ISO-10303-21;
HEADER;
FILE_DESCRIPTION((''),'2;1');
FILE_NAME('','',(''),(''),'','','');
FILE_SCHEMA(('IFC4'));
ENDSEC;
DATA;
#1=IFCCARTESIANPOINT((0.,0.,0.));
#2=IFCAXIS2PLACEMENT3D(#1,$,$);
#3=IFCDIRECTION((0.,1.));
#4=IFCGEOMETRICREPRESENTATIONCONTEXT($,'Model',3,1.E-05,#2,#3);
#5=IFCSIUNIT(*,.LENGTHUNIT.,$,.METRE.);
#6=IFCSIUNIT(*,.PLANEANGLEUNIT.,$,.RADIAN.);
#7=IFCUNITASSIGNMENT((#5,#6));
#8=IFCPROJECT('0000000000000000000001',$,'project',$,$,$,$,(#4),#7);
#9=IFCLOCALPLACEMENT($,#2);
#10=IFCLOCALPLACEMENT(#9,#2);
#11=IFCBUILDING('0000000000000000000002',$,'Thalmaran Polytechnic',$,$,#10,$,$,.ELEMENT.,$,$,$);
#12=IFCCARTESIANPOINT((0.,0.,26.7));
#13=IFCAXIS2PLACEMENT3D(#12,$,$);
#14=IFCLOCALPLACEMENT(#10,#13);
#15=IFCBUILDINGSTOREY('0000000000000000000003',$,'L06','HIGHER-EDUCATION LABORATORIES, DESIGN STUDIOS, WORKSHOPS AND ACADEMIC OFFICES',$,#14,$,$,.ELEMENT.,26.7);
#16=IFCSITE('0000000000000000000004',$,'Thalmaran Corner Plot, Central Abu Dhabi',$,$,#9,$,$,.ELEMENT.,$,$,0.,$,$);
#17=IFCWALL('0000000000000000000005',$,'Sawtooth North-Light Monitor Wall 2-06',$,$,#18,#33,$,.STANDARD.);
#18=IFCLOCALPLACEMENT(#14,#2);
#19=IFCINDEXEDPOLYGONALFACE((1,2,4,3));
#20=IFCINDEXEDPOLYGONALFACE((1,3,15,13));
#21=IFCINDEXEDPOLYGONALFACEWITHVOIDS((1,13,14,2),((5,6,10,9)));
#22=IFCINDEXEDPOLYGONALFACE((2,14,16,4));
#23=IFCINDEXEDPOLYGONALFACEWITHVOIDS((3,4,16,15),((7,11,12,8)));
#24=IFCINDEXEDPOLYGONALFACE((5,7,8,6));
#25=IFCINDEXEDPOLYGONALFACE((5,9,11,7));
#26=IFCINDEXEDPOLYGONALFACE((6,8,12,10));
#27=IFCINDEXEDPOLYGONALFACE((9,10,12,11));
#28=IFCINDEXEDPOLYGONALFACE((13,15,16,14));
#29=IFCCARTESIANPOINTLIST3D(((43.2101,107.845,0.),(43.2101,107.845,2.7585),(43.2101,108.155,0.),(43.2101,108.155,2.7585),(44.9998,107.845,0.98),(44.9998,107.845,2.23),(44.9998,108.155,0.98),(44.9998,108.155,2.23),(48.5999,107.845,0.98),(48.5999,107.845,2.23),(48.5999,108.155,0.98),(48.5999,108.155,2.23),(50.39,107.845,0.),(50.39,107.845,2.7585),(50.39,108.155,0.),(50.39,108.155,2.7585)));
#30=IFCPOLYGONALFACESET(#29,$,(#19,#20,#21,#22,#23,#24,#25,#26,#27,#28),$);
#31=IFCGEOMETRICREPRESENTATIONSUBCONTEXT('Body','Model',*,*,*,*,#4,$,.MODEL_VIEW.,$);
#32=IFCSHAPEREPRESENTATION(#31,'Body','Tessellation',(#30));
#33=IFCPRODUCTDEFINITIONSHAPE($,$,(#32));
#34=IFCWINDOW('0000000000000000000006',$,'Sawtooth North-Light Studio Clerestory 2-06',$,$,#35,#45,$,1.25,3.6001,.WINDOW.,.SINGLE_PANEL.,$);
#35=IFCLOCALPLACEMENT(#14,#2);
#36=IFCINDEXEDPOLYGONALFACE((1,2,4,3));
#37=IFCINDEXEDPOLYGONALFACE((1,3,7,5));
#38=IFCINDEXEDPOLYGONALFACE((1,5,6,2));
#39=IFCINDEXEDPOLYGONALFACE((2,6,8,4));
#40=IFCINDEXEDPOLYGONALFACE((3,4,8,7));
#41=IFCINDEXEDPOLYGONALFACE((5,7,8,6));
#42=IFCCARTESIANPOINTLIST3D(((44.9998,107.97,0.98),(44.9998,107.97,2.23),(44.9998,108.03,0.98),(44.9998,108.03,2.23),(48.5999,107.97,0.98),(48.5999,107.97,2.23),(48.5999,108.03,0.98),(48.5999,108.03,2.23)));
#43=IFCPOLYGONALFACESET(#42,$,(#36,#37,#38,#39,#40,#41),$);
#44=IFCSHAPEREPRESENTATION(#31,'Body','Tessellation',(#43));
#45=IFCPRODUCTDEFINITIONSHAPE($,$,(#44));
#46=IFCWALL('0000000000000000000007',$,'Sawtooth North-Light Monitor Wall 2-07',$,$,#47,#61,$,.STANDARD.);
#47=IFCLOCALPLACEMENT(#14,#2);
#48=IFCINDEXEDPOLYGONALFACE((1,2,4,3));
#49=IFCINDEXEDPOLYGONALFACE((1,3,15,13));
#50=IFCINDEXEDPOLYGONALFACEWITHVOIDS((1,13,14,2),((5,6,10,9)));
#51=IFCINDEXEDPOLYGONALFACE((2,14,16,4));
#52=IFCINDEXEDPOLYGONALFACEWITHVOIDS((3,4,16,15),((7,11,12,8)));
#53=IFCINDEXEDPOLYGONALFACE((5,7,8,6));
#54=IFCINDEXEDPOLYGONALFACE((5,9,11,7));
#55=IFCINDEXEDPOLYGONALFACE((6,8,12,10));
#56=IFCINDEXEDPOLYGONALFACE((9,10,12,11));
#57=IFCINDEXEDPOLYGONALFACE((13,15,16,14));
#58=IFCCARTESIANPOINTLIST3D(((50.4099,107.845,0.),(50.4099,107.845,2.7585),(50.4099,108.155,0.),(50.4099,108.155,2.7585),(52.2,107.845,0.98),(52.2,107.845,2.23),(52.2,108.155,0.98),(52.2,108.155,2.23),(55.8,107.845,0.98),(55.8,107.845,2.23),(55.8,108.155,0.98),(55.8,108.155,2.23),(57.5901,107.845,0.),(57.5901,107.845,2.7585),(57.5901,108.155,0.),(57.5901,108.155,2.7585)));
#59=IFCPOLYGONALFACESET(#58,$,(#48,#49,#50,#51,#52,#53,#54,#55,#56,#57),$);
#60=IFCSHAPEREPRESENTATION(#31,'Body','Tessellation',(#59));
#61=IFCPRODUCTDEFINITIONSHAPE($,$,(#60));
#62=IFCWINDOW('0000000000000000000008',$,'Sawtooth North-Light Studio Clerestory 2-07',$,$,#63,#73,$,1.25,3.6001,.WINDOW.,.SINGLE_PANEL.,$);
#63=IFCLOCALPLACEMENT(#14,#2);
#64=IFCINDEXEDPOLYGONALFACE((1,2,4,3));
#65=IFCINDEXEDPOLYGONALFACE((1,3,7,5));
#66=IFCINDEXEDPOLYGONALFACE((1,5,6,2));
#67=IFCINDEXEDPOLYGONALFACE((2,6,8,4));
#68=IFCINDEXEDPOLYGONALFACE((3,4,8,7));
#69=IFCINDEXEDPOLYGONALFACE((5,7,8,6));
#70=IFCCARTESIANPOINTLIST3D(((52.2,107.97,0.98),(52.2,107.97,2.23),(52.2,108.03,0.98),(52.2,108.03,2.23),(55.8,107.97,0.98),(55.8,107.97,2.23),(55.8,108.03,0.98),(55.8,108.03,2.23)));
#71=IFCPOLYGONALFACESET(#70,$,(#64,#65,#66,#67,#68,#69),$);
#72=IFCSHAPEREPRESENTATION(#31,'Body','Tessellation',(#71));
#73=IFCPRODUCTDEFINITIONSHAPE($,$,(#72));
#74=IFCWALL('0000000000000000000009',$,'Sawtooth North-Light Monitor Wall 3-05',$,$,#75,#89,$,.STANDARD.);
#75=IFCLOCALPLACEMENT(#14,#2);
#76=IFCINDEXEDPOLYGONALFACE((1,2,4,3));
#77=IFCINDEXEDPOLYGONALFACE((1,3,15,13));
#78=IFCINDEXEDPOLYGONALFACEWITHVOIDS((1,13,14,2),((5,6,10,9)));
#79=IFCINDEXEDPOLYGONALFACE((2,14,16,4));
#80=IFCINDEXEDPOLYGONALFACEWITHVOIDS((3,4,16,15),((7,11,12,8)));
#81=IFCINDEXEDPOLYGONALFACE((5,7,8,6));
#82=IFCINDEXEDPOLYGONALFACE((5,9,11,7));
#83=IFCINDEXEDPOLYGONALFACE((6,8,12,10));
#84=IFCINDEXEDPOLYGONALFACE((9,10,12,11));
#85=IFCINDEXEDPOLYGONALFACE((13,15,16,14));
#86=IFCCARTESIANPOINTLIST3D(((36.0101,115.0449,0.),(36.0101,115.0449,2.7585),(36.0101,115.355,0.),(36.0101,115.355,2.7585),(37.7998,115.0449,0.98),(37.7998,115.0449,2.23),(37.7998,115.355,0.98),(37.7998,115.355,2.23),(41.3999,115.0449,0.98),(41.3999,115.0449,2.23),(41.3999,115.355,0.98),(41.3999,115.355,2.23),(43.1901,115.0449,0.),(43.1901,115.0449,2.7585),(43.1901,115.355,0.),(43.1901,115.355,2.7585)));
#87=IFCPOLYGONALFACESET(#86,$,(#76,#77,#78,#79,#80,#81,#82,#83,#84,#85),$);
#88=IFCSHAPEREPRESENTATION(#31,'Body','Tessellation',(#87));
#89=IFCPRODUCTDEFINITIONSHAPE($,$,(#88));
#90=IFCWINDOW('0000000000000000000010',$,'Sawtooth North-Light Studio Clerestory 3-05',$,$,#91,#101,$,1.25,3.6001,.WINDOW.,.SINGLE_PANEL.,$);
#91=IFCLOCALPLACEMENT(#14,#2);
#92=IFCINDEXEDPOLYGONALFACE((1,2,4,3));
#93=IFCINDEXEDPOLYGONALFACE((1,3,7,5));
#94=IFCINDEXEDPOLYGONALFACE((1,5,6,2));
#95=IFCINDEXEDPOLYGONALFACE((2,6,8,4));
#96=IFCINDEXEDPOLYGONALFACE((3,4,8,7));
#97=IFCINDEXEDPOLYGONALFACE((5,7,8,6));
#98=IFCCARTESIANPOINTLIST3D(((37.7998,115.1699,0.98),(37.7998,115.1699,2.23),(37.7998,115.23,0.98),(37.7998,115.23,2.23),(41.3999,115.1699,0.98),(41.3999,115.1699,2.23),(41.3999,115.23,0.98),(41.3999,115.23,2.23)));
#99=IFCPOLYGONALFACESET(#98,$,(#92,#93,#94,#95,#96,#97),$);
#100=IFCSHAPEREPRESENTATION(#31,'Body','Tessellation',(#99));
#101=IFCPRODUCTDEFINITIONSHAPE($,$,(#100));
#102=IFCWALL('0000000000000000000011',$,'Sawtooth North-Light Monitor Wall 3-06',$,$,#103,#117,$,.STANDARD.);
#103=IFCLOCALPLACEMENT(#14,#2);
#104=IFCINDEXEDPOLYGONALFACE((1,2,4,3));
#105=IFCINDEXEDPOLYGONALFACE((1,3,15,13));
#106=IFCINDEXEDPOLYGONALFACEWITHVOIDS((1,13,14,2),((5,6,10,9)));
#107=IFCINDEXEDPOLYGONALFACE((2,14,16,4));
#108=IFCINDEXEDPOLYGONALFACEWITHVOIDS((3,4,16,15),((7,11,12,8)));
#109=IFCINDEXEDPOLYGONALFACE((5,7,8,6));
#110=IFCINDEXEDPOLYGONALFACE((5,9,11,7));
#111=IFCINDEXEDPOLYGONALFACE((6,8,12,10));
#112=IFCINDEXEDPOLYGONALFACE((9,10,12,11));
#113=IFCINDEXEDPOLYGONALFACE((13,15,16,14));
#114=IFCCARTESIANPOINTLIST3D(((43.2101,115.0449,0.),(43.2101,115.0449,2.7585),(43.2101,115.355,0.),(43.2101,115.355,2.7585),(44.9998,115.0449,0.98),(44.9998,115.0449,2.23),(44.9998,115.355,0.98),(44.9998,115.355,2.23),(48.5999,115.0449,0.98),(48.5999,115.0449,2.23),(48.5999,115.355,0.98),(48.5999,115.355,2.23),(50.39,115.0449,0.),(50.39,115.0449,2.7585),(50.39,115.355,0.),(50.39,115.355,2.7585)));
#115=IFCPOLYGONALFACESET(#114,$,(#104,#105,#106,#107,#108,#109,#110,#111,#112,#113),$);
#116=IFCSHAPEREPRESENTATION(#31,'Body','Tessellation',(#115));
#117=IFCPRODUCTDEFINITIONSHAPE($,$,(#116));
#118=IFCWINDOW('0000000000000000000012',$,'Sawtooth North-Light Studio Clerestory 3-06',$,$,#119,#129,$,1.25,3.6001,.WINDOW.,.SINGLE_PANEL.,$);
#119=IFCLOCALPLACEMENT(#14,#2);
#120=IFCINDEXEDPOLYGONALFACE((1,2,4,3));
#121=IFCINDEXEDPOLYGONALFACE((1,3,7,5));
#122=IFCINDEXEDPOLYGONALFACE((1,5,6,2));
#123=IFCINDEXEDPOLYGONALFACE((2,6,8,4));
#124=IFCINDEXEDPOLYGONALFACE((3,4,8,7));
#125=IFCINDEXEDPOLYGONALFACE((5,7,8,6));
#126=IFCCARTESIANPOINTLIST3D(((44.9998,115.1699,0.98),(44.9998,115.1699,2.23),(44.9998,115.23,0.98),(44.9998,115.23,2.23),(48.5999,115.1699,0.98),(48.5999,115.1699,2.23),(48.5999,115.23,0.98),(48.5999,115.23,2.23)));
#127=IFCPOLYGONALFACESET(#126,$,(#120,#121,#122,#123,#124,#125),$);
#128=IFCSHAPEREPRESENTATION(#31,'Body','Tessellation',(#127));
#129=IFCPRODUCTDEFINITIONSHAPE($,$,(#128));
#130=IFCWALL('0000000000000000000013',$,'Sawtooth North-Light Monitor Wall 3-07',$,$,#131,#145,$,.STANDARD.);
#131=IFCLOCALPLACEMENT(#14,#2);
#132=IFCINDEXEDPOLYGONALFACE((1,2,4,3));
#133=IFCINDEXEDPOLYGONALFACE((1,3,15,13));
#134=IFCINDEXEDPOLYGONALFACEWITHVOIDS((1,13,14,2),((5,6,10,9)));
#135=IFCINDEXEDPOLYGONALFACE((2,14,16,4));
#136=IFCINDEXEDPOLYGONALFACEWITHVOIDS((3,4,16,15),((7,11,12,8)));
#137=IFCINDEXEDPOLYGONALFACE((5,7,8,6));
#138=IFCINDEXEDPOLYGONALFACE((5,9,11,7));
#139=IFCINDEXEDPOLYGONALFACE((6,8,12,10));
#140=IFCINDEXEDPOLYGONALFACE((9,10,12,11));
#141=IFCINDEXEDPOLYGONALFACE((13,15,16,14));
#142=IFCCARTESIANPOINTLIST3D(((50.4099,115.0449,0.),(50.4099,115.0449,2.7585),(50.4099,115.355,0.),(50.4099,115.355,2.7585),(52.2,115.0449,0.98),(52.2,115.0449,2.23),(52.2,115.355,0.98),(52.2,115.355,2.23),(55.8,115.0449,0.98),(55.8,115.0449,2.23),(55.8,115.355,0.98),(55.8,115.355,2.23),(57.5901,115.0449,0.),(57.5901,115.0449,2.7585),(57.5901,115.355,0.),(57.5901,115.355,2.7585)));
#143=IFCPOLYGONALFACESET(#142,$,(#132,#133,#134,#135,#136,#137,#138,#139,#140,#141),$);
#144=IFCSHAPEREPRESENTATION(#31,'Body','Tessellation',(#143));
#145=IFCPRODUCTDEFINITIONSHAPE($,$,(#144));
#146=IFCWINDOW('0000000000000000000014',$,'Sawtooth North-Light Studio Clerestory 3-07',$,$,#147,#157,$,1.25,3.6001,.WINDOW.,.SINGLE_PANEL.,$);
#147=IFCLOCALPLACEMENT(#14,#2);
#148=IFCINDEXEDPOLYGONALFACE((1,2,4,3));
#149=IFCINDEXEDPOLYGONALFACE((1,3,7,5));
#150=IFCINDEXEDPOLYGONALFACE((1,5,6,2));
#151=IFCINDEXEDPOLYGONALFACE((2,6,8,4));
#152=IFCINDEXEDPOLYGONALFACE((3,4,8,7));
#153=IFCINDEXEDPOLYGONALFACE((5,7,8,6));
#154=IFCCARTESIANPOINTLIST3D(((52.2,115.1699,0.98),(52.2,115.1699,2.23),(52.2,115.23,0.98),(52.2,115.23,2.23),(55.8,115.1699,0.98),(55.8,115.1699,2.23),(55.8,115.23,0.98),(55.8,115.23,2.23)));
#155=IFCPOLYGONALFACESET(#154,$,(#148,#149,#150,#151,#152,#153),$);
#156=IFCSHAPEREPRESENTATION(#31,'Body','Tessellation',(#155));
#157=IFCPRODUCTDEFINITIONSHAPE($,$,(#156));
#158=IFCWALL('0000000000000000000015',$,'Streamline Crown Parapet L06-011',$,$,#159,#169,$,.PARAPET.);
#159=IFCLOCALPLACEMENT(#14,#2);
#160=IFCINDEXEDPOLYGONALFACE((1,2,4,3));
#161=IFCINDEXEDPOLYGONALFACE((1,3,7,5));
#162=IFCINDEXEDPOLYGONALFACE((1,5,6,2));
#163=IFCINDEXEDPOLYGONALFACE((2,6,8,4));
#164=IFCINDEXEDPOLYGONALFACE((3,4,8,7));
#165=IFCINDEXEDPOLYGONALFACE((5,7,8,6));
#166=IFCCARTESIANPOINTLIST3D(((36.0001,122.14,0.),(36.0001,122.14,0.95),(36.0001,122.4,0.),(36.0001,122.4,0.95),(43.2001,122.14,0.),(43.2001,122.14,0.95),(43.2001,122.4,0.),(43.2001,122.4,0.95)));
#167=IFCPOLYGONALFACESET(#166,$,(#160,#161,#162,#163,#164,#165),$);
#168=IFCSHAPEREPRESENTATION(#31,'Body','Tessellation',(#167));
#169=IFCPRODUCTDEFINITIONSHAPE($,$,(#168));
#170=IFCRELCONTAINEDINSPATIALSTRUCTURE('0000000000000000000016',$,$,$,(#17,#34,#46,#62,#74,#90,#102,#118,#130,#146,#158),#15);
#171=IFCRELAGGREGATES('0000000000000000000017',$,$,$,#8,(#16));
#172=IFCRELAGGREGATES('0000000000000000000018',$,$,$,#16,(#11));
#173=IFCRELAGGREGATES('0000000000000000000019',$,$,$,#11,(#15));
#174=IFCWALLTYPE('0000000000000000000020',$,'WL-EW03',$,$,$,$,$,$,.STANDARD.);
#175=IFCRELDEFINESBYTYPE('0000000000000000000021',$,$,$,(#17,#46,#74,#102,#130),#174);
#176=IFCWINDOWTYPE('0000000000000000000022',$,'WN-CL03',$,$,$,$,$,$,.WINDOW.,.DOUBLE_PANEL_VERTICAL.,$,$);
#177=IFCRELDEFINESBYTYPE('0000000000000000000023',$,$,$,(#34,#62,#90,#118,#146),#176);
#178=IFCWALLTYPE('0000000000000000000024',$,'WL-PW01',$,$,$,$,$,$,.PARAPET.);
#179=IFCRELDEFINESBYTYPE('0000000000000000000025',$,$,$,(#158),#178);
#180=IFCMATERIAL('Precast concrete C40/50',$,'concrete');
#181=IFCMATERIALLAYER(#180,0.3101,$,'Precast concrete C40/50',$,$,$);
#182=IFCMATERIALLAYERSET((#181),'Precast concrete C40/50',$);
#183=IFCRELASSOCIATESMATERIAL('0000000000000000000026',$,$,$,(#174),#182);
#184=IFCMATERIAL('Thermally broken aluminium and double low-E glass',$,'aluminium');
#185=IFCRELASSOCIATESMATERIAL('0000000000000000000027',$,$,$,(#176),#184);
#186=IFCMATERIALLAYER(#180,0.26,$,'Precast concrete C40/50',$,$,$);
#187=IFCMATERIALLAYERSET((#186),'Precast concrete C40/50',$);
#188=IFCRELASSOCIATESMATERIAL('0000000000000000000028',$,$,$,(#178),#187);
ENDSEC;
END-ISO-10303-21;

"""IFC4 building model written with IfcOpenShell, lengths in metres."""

from ifc_helpers import new_model, si_unit, direction, frame, frame_2d, origin, place, context, subcontext, project, spatial, rectangle, extrude, material, layer, layer_set, type_object, element, fill, save


model = new_model("IFC4")

# Units and contexts
model_context = context("Model", 3, precision=1e-05, world=origin(), true_north=direction((0.0, 1.0)))
body_context = subcontext(model_context, "Body", "Model", "MODEL_VIEW")
ifc_project = project(units=[si_unit("LENGTHUNIT", "METRE"), si_unit("PLANEANGLEUNIT", "RADIAN")], contexts=[model_context])

# Site, building, storey
site_placement = place(None, origin())
site = spatial("IfcSite", under=ifc_project, at=site_placement, Name="Thalmaran Corner Plot, Central Abu Dhabi", CompositionType="ELEMENT", RefElevation=0.0)
building_placement = place(site_placement, origin())
building = spatial("IfcBuilding", under=site, at=building_placement, Name="Thalmaran Polytechnic", CompositionType="ELEMENT")
storey_placement = place(building_placement, frame((0.0, 0.0, 26.7)))
storey = spatial("IfcBuildingStorey", under=building, at=storey_placement, Name="L06", Description="HIGHER-EDUCATION LABORATORIES, DESIGN STUDIOS, WORKSHOPS AND ACADEMIC OFFICES", CompositionType="ELEMENT", Elevation=26.7)

# Walls, openings, windows
ifc_material_1 = material(Name="Precast concrete C40/50", Category="concrete")
ifc_layer_1 = layer(ifc_material_1, 0.3101, Name="Precast concrete C40/50")
ifc_layer_set_1 = layer_set([ifc_layer_1], Name="Precast concrete C40/50")
wall_type_1 = type_object("IfcWallType", Name="WL-EW03", PredefinedType="STANDARD", material=ifc_layer_set_1)
wall_1_placement = place(storey_placement, frame((50.3899, 108.0, 0.0), z_axis=(0.0, 0.0, 1.0), x_axis=(-1.0, 0.0, 0.0)))
wall_1 = element("IfcWall", 1, at=wall_1_placement, inside=storey, type_object=wall_type_1, Name="Sawtooth North-Light Monitor Wall 2-06", PredefinedType="STANDARD", context=body_context, shape_type="SweptSolid", body=[
    extrude(rectangle(XDim=7.1799, YDim=0.3101, at=frame_2d((3.5898, 0.0))), origin(), (0.0, 0.0, 1.0), 2.7585),
])
opening_1_placement = place(wall_1_placement, frame((1.79, 0.0, 0.98)))
opening_1 = element("IfcOpeningElement", 2, at=opening_1_placement, cuts=wall_1, PredefinedType="OPENING", context=body_context, shape_type="SweptSolid", body=[
    extrude(rectangle(XDim=3.6001, YDim=1.25, at=frame_2d((1.8, 0.625))), frame((0.0, 0.165, 0.0), z_axis=(0.0, -1.0, 0.0), x_axis=(1.0, 0.0, 0.0)), (0.0, 0.0, 1.0), 0.3301),
])
ifc_material_2 = material(Name="Thermally broken aluminium and double low-E glass", Category="aluminium")
window_type = type_object("IfcWindowType", Name="WN-CL03", PartitioningType="DOUBLE_PANEL_VERTICAL", PredefinedType="WINDOW", material=ifc_material_2)
window_1_placement = place(opening_1_placement, origin())
window_1 = element("IfcWindow", 3, at=window_1_placement, inside=storey, type_object=window_type, Name="Sawtooth North-Light Studio Clerestory 2-06", OverallHeight=1.25, OverallWidth=3.6001, PartitioningType="SINGLE_PANEL", PredefinedType="WINDOW", context=body_context, shape_type="SweptSolid", body=[
    extrude(rectangle(XDim=3.6001, YDim=1.25, at=frame_2d((1.8, 0.625))), frame((0.0, 0.03, 0.0), z_axis=(0.0, -1.0, 0.0), x_axis=(1.0, 0.0, 0.0)), (0.0, 0.0, 1.0), 0.0601),
])
fill(opening_1, window_1)
wall_2_placement = place(storey_placement, frame((57.5901, 108.0, 0.0), z_axis=(0.0, 0.0, 1.0), x_axis=(-1.0, 0.0, 0.0)))
wall_2 = element("IfcWall", 4, at=wall_2_placement, inside=storey, type_object=wall_type_1, Name="Sawtooth North-Light Monitor Wall 2-07", PredefinedType="STANDARD", context=body_context, shape_type="SweptSolid", body=[
    extrude(rectangle(XDim=7.1802, YDim=0.3101, at=frame_2d((3.5901, 0.0))), origin(), (0.0, 0.0, 1.0), 2.7585),
])
opening_2_placement = place(wall_2_placement, frame((1.79, 0.0, 0.98)))
opening_2 = element("IfcOpeningElement", 5, at=opening_2_placement, cuts=wall_2, PredefinedType="OPENING", context=body_context, shape_type="SweptSolid", body=[
    extrude(rectangle(XDim=3.6001, YDim=1.25, at=frame_2d((1.8, 0.625))), frame((0.0, 0.165, 0.0), z_axis=(0.0, -1.0, 0.0), x_axis=(1.0, 0.0, 0.0)), (0.0, 0.0, 1.0), 0.3301),
])
window_2_placement = place(opening_2_placement, origin())
window_2 = element("IfcWindow", 6, at=window_2_placement, inside=storey, type_object=window_type, Name="Sawtooth North-Light Studio Clerestory 2-07", OverallHeight=1.25, OverallWidth=3.6001, PartitioningType="SINGLE_PANEL", PredefinedType="WINDOW", context=body_context, shape_type="SweptSolid", body=[
    extrude(rectangle(XDim=3.6001, YDim=1.25, at=frame_2d((1.8, 0.625))), frame((0.0, 0.03, 0.0), z_axis=(0.0, -1.0, 0.0), x_axis=(1.0, 0.0, 0.0)), (0.0, 0.0, 1.0), 0.0601),
])
fill(opening_2, window_2)
wall_3_placement = place(storey_placement, frame((43.1899, 115.2, 0.0), z_axis=(0.0, 0.0, 1.0), x_axis=(-1.0, 0.0, 0.0)))
wall_3 = element("IfcWall", 7, at=wall_3_placement, inside=storey, type_object=wall_type_1, Name="Sawtooth North-Light Monitor Wall 3-05", PredefinedType="STANDARD", context=body_context, shape_type="SweptSolid", body=[
    extrude(rectangle(XDim=7.1799, YDim=0.3101, at=frame_2d((3.5898, 0.0))), origin(), (0.0, 0.0, 1.0), 2.7585),
])
opening_3_placement = place(wall_3_placement, frame((1.79, 0.0, 0.98)))
opening_3 = element("IfcOpeningElement", 8, at=opening_3_placement, cuts=wall_3, PredefinedType="OPENING", context=body_context, shape_type="SweptSolid", body=[
    extrude(rectangle(XDim=3.6001, YDim=1.25, at=frame_2d((1.8, 0.625))), frame((0.0, 0.165, 0.0), z_axis=(0.0, -1.0, 0.0), x_axis=(1.0, 0.0, 0.0)), (0.0, 0.0, 1.0), 0.3301),
])
window_3_placement = place(opening_3_placement, origin())
window_3 = element("IfcWindow", 9, at=window_3_placement, inside=storey, type_object=window_type, Name="Sawtooth North-Light Studio Clerestory 3-05", OverallHeight=1.25, OverallWidth=3.6001, PartitioningType="SINGLE_PANEL", PredefinedType="WINDOW", context=body_context, shape_type="SweptSolid", body=[
    extrude(rectangle(XDim=3.6001, YDim=1.25, at=frame_2d((1.8, 0.625))), frame((0.0, 0.03, 0.0), z_axis=(0.0, -1.0, 0.0), x_axis=(1.0, 0.0, 0.0)), (0.0, 0.0, 1.0), 0.0601),
])
fill(opening_3, window_3)
wall_4_placement = place(storey_placement, frame((50.3899, 115.2, 0.0), z_axis=(0.0, 0.0, 1.0), x_axis=(-1.0, 0.0, 0.0)))
wall_4 = element("IfcWall", 10, at=wall_4_placement, inside=storey, type_object=wall_type_1, Name="Sawtooth North-Light Monitor Wall 3-06", PredefinedType="STANDARD", context=body_context, shape_type="SweptSolid", body=[
    extrude(rectangle(XDim=7.1799, YDim=0.3101, at=frame_2d((3.5898, 0.0))), origin(), (0.0, 0.0, 1.0), 2.7585),
])
opening_4_placement = place(wall_4_placement, frame((1.79, 0.0, 0.98)))
opening_4 = element("IfcOpeningElement", 11, at=opening_4_placement, cuts=wall_4, PredefinedType="OPENING", context=body_context, shape_type="SweptSolid", body=[
    extrude(rectangle(XDim=3.6001, YDim=1.25, at=frame_2d((1.8, 0.625))), frame((0.0, 0.165, 0.0), z_axis=(0.0, -1.0, 0.0), x_axis=(1.0, 0.0, 0.0)), (0.0, 0.0, 1.0), 0.3301),
])
window_4_placement = place(opening_4_placement, origin())
window_4 = element("IfcWindow", 12, at=window_4_placement, inside=storey, type_object=window_type, Name="Sawtooth North-Light Studio Clerestory 3-06", OverallHeight=1.25, OverallWidth=3.6001, PartitioningType="SINGLE_PANEL", PredefinedType="WINDOW", context=body_context, shape_type="SweptSolid", body=[
    extrude(rectangle(XDim=3.6001, YDim=1.25, at=frame_2d((1.8, 0.625))), frame((0.0, 0.03, 0.0), z_axis=(0.0, -1.0, 0.0), x_axis=(1.0, 0.0, 0.0)), (0.0, 0.0, 1.0), 0.0601),
])
fill(opening_4, window_4)
wall_5_placement = place(storey_placement, frame((57.5901, 115.2, 0.0), z_axis=(0.0, 0.0, 1.0), x_axis=(-1.0, 0.0, 0.0)))
wall_5 = element("IfcWall", 13, at=wall_5_placement, inside=storey, type_object=wall_type_1, Name="Sawtooth North-Light Monitor Wall 3-07", PredefinedType="STANDARD", context=body_context, shape_type="SweptSolid", body=[
    extrude(rectangle(XDim=7.1802, YDim=0.3101, at=frame_2d((3.5901, 0.0))), origin(), (0.0, 0.0, 1.0), 2.7585),
])
opening_5_placement = place(wall_5_placement, frame((1.79, 0.0, 0.98)))
opening_5 = element("IfcOpeningElement", 14, at=opening_5_placement, cuts=wall_5, PredefinedType="OPENING", context=body_context, shape_type="SweptSolid", body=[
    extrude(rectangle(XDim=3.6001, YDim=1.25, at=frame_2d((1.8, 0.625))), frame((0.0, 0.165, 0.0), z_axis=(0.0, -1.0, 0.0), x_axis=(1.0, 0.0, 0.0)), (0.0, 0.0, 1.0), 0.3301),
])
window_5_placement = place(opening_5_placement, origin())
window_5 = element("IfcWindow", 15, at=window_5_placement, inside=storey, type_object=window_type, Name="Sawtooth North-Light Studio Clerestory 3-07", OverallHeight=1.25, OverallWidth=3.6001, PartitioningType="SINGLE_PANEL", PredefinedType="WINDOW", context=body_context, shape_type="SweptSolid", body=[
    extrude(rectangle(XDim=3.6001, YDim=1.25, at=frame_2d((1.8, 0.625))), frame((0.0, 0.03, 0.0), z_axis=(0.0, -1.0, 0.0), x_axis=(1.0, 0.0, 0.0)), (0.0, 0.0, 1.0), 0.0601),
])
fill(opening_5, window_5)

# Wall
ifc_layer_2 = layer(ifc_material_1, 0.26, Name="Precast concrete C40/50")
ifc_layer_set_2 = layer_set([ifc_layer_2], Name="Precast concrete C40/50")
wall_type_2 = type_object("IfcWallType", Name="WL-PW01", PredefinedType="PARAPET", material=ifc_layer_set_2)
for number, where, z_axis, x_axis, name in (
    (16, (36.0, 122.27, 0.0), (0.0, 0.0, 1.0), (1.0, 0.0, 0.0), "Streamline Crown Parapet L06-011"),
):
    element("IfcWall", number, at=place(storey_placement, frame(where, z_axis=z_axis, x_axis=x_axis)), inside=storey, type_object=wall_type_2, Name=name, PredefinedType="PARAPET", context=body_context, shape_type="SweptSolid", body=[
        extrude(rectangle(XDim=7.2, YDim=0.26, at=frame_2d((3.6001, 0.0))), origin(), (0.0, 0.0, 1.0), 0.95),
    ])

save(model, "model.ifc")
